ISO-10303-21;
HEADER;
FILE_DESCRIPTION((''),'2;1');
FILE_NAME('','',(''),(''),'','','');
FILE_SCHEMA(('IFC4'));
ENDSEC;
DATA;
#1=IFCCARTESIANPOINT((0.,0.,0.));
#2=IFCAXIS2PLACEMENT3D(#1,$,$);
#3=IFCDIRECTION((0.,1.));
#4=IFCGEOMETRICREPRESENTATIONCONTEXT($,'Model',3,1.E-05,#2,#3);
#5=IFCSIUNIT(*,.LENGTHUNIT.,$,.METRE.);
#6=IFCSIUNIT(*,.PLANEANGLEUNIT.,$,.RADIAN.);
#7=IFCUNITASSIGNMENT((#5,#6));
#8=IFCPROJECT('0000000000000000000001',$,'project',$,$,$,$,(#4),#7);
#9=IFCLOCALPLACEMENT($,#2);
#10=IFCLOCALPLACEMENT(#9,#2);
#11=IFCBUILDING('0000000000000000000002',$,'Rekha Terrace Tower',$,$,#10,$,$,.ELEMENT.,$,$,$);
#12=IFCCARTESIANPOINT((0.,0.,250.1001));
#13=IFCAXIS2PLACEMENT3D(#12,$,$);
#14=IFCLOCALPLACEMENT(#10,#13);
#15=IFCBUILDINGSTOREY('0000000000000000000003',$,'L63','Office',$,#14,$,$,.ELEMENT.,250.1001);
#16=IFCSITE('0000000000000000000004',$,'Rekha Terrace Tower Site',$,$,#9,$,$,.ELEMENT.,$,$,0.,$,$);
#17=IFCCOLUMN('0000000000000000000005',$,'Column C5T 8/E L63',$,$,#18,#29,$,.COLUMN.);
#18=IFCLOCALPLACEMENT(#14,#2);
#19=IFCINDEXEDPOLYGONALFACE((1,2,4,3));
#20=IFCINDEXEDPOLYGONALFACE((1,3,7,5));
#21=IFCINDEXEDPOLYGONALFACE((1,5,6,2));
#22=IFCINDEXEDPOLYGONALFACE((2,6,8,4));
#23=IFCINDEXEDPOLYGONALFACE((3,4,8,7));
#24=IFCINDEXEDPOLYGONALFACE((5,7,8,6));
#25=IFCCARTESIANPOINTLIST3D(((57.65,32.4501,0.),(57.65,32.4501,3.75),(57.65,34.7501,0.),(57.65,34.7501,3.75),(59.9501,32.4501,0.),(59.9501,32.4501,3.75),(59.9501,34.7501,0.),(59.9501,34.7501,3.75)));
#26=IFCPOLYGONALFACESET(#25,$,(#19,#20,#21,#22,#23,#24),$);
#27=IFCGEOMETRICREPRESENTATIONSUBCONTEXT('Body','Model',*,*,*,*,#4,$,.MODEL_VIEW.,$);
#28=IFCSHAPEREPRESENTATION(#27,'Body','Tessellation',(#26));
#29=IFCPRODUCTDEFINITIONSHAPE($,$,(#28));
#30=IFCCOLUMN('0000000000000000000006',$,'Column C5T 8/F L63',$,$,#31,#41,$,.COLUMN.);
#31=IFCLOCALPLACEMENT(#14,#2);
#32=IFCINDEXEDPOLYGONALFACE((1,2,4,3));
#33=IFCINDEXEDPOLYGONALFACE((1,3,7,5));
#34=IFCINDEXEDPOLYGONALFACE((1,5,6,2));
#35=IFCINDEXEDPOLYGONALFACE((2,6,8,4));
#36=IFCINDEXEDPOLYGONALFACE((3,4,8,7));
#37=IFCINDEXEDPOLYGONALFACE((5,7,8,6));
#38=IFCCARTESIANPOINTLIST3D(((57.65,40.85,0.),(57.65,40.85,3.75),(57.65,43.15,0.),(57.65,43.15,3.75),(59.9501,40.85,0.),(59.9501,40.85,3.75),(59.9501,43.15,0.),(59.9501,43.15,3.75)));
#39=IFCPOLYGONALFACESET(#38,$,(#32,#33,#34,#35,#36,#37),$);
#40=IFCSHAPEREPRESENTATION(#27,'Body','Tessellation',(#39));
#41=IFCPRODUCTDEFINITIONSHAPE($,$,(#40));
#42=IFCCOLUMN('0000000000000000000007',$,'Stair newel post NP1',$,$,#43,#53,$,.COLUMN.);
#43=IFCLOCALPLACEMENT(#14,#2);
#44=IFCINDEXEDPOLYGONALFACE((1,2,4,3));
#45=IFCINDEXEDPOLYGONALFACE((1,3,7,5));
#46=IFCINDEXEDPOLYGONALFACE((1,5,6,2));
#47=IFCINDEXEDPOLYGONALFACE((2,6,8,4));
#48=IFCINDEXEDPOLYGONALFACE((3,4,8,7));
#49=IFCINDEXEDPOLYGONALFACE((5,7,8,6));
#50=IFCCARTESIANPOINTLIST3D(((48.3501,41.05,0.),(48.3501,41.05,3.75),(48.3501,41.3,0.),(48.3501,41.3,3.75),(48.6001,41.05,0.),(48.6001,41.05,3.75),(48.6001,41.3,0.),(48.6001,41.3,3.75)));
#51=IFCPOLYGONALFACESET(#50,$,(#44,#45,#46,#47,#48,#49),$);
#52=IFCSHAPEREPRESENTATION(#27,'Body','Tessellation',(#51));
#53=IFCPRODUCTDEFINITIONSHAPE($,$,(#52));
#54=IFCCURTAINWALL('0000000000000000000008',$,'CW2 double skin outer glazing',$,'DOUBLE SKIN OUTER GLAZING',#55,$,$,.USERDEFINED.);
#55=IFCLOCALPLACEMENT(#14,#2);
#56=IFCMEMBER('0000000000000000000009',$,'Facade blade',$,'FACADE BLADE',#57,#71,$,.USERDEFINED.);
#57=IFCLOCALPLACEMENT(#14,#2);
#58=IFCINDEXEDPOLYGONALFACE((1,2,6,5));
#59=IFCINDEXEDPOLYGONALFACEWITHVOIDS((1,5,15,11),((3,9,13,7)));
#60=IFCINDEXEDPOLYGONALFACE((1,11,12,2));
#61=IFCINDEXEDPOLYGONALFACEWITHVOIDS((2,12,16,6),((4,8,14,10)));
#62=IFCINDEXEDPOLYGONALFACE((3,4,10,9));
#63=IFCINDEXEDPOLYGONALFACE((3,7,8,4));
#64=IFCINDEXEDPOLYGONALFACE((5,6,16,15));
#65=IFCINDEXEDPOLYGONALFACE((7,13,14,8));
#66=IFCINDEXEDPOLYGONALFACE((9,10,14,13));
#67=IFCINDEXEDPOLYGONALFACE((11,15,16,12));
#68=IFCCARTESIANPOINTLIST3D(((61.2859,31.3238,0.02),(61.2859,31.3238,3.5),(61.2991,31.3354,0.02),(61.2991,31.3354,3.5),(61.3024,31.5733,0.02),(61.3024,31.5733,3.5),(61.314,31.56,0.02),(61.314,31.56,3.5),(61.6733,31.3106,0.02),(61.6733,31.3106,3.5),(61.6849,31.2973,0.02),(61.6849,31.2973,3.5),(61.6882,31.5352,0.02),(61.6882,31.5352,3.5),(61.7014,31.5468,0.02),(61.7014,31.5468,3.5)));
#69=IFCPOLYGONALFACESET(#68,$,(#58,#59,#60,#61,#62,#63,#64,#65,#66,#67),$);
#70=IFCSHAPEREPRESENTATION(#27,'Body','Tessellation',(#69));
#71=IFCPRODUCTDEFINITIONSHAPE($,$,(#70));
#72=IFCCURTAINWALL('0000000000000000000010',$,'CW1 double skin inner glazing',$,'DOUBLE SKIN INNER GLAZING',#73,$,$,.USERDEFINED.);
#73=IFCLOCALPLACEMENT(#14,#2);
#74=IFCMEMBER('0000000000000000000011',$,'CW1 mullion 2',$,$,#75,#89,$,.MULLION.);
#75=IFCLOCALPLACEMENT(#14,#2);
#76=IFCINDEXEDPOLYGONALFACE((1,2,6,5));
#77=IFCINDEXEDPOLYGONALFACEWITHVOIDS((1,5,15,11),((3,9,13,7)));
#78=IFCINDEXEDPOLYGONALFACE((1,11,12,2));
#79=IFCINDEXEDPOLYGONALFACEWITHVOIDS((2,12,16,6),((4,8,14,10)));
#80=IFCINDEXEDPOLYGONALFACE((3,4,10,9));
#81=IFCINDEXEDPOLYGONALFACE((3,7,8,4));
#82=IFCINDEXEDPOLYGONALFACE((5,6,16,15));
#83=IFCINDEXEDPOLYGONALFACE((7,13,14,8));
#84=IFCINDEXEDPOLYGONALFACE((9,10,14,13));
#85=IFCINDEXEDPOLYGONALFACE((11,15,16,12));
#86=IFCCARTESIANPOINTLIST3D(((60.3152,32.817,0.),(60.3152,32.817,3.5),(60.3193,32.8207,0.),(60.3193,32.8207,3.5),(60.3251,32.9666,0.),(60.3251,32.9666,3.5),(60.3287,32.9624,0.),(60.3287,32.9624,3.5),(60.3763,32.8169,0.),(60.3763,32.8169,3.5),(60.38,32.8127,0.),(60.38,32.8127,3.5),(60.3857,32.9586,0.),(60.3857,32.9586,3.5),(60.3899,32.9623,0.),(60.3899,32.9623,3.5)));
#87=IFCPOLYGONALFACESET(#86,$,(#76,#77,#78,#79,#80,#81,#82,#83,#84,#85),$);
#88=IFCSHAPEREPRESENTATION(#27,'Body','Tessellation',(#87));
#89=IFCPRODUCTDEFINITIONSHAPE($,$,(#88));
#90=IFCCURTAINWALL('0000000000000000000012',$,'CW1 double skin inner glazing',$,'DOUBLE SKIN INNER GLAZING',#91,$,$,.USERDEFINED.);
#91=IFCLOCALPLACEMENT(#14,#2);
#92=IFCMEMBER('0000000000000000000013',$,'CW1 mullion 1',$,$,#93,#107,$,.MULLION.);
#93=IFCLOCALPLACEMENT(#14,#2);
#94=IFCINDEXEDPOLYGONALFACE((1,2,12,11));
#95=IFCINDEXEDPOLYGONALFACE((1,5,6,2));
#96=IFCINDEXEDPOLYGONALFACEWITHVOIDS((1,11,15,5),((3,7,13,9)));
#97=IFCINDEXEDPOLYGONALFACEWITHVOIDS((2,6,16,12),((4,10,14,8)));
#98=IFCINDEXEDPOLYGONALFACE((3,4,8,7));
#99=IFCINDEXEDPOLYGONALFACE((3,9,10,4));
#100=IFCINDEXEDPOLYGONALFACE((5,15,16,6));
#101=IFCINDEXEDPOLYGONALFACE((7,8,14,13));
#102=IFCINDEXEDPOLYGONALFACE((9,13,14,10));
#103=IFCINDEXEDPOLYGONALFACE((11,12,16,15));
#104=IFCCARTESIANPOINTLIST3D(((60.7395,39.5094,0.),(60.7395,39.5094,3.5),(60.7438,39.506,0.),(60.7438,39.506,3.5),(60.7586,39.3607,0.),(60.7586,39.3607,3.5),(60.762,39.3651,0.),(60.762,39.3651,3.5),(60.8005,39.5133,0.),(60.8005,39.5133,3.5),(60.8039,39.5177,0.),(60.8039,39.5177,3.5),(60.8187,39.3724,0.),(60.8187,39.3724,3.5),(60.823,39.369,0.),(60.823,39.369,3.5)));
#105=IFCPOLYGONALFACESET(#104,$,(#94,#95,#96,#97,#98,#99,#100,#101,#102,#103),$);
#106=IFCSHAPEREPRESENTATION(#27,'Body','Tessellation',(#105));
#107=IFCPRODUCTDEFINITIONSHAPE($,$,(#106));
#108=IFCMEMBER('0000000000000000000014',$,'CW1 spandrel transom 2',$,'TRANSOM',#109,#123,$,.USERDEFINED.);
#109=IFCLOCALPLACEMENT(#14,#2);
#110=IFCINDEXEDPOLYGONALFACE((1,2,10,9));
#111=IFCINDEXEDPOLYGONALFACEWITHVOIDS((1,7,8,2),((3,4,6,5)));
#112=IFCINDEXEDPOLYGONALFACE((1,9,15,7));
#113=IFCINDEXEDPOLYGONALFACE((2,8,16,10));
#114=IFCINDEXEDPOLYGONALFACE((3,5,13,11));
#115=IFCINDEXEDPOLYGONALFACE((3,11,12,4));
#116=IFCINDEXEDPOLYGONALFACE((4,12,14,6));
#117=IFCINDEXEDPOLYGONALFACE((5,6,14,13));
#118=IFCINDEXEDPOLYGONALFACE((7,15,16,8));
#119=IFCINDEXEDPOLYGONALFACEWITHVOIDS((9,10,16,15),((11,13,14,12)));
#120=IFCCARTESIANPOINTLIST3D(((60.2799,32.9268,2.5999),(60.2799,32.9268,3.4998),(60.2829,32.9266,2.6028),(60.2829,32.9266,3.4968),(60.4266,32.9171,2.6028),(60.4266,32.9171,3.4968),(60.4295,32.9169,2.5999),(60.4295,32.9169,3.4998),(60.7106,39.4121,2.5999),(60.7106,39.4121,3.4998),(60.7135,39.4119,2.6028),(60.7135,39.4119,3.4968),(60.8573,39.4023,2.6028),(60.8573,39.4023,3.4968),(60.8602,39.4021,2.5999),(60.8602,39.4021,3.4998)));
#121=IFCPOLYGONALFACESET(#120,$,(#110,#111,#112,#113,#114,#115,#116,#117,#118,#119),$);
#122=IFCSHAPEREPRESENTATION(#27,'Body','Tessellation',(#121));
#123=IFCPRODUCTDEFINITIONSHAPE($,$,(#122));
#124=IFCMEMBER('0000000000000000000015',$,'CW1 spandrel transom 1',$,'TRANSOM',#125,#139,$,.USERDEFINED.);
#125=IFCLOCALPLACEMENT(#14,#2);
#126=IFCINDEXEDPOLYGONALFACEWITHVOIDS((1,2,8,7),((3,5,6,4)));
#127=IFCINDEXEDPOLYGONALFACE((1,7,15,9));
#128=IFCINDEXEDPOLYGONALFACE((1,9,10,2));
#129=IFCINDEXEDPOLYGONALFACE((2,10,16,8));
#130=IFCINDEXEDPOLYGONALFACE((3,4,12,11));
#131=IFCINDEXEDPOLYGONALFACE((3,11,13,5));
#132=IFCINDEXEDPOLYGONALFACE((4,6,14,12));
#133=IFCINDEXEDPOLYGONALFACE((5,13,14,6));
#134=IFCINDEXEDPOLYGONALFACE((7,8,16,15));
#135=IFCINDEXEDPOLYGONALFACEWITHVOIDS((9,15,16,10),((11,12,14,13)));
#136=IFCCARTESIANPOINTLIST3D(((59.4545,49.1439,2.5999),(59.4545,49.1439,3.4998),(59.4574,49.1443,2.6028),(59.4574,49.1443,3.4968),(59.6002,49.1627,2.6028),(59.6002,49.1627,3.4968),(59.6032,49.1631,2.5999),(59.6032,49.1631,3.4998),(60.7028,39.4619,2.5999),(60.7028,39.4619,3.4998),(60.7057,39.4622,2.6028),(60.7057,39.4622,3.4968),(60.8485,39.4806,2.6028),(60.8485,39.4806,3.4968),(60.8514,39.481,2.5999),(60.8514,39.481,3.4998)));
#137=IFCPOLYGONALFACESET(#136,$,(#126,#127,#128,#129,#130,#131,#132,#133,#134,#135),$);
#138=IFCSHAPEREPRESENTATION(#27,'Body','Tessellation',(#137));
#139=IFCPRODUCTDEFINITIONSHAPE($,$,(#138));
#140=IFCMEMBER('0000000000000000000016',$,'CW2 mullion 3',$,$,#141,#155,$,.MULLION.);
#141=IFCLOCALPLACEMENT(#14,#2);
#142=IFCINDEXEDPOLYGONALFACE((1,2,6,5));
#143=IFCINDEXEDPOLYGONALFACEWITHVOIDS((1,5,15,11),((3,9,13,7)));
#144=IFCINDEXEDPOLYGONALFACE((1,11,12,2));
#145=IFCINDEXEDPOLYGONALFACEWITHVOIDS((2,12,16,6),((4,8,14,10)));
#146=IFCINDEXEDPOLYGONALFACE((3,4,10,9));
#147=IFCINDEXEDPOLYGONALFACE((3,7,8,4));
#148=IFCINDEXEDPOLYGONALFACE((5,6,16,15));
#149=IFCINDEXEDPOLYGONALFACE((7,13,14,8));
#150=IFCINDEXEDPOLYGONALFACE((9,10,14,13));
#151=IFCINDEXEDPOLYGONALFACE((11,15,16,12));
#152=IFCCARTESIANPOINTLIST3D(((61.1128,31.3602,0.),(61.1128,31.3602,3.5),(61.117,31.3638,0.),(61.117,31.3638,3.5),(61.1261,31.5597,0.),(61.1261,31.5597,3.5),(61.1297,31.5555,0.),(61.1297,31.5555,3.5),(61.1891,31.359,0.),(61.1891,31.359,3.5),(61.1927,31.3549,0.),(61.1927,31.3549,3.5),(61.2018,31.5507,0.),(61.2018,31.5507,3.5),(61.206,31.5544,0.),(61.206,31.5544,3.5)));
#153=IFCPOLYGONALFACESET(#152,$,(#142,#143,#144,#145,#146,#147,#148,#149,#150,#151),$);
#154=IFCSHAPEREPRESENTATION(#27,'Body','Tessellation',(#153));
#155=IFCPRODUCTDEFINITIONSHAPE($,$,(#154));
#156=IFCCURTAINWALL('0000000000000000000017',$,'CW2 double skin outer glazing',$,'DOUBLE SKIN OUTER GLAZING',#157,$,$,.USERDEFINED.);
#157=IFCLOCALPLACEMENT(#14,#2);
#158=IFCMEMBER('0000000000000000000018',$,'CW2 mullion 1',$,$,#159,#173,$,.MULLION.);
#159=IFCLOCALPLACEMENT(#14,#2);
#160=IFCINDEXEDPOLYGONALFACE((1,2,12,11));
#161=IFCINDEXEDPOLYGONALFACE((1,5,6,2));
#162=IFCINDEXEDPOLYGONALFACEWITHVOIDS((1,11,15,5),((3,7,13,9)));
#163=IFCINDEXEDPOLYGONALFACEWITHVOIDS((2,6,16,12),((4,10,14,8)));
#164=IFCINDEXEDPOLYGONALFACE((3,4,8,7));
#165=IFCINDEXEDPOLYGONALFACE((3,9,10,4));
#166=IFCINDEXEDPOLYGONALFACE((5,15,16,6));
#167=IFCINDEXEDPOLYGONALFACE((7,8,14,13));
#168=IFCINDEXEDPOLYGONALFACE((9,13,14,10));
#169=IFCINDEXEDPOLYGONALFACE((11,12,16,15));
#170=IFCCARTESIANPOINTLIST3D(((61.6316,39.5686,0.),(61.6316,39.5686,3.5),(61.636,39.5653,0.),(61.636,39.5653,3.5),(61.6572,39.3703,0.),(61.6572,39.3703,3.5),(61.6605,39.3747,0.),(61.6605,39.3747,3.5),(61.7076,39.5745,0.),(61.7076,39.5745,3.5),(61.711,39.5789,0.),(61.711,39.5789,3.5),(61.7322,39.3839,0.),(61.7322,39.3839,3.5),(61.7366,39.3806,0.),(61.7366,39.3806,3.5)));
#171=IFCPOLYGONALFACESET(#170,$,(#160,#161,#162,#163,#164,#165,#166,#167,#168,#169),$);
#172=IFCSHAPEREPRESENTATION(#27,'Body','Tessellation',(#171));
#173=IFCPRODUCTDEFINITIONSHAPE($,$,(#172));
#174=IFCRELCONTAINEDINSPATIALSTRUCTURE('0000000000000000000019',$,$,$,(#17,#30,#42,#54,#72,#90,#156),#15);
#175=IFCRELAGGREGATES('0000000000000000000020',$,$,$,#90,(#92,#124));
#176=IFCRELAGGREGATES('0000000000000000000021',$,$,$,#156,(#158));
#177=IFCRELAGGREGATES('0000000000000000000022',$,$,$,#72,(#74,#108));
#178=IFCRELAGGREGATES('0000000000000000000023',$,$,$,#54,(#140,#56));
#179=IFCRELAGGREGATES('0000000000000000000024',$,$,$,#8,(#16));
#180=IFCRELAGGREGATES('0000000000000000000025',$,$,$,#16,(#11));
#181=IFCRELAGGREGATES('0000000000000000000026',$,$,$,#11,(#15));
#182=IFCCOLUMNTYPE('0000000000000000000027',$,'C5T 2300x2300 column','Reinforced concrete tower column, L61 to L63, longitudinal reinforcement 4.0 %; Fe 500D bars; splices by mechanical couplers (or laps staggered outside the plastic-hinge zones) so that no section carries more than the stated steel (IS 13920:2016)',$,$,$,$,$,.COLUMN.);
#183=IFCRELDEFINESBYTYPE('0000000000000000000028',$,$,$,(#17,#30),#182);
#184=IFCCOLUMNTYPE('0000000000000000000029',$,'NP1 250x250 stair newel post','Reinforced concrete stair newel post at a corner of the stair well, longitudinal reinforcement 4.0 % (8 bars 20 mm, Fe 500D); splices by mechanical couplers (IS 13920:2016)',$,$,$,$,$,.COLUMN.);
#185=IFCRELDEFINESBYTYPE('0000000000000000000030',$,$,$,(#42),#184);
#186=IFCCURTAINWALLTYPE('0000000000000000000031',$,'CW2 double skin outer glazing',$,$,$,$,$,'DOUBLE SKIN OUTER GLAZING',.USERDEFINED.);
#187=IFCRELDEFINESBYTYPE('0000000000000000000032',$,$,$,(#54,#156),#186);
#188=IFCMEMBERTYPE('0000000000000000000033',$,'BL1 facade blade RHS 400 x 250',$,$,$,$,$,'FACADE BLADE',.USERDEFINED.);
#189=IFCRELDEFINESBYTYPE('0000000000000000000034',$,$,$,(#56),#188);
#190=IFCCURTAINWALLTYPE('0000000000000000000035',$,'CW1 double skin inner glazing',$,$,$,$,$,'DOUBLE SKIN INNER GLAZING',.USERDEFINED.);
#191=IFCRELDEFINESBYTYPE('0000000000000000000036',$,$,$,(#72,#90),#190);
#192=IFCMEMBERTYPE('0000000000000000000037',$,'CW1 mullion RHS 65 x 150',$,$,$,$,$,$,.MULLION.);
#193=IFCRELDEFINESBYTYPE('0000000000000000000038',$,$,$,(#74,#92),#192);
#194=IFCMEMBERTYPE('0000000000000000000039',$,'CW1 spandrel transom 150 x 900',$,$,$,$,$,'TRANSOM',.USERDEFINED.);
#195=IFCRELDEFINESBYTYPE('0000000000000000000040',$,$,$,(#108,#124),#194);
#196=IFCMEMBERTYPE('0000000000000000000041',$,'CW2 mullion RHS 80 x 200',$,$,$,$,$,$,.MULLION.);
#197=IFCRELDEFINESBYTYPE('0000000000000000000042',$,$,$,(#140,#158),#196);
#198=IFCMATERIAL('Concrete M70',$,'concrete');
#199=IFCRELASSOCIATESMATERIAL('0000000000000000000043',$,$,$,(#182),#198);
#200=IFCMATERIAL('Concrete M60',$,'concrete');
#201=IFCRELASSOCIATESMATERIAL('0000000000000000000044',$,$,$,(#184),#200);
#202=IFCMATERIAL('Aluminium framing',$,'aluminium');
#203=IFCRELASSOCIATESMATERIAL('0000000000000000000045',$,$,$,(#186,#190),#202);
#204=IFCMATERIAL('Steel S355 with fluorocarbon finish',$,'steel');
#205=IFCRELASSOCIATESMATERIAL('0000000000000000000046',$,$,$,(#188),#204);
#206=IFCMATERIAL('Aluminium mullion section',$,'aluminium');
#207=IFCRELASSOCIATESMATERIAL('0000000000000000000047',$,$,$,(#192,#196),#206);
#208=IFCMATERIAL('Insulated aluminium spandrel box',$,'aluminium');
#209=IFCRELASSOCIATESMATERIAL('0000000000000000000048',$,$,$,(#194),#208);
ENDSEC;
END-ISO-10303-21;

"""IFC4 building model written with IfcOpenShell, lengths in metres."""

from ifc_helpers import new_model, si_unit, direction, frame, origin, origin_2d, place, context, subcontext, project, spatial, rectangle, hollow_rectangle, extrude, material, material_profile, profile_set, type_object, element, aggregate, save


model = new_model("IFC4")

# Units and contexts
model_context = context("Model", 3, precision=1e-05, world=origin(), true_north=direction((0.0, 1.0)))
body_context = subcontext(model_context, "Body", "Model", "MODEL_VIEW")
ifc_project = project(units=[si_unit("LENGTHUNIT", "METRE"), si_unit("PLANEANGLEUNIT", "RADIAN")], contexts=[model_context])

# Site, building, storey
site_placement = place(None, origin())
site = spatial("IfcSite", under=ifc_project, at=site_placement, Name="Rekha Terrace Tower Site", CompositionType="ELEMENT", RefElevation=0.0)
building_placement = place(site_placement, origin())
building = spatial("IfcBuilding", under=site, at=building_placement, Name="Rekha Terrace Tower", CompositionType="ELEMENT")
storey_placement = place(building_placement, frame((0.0, 0.0, 250.1001)))
storey = spatial("IfcBuildingStorey", under=building, at=storey_placement, Name="L63", Description="Office", CompositionType="ELEMENT", Elevation=250.1001)

# Columns
ifc_material_1 = material(Name="Concrete M70", Category="concrete")
ifc_material_profile_1 = material_profile(ifc_material_1, rectangle(XDim=2.3, YDim=2.3, at=origin_2d()), Name="RC 2300x2300")
ifc_profile_set_1 = profile_set([ifc_material_profile_1], Name="Concrete M70")
column_type_1 = type_object("IfcColumnType", Name="C5T 2300x2300 column", Description="Reinforced concrete tower column, L61 to L63, longitudinal reinforcement 4.0 %; Fe 500D bars; splices by mechanical couplers (or laps staggered outside the plastic-hinge zones) so that no section carries more than the stated steel (IS 13920:2016)", PredefinedType="COLUMN", material=ifc_profile_set_1)
for number, where, z_axis, x_axis, name in (
    (1, (58.8, 33.6001, 0.0), (0.0, 0.0, 1.0), (1.0, 0.0, 0.0), "Column C5T 8/E L63"),
    (2, (58.8, 42.0, 0.0), (0.0, 0.0, 1.0), (1.0, 0.0, 0.0), "Column C5T 8/F L63"),
):
    element("IfcColumn", number, at=place(storey_placement, frame(where, z_axis=z_axis, x_axis=x_axis)), inside=storey, type_object=column_type_1, Name=name, PredefinedType="COLUMN", context=body_context, shape_type="SweptSolid", body=[
        extrude(rectangle(XDim=2.3, YDim=2.3, at=origin_2d()), origin(), (0.0, 0.0, 1.0), 3.75),
    ])
ifc_material_2 = material(Name="Concrete M60", Category="concrete")
ifc_material_profile_2 = material_profile(ifc_material_2, rectangle(XDim=0.25, YDim=0.25, at=origin_2d()), Name="RC 250x250")
ifc_profile_set_2 = profile_set([ifc_material_profile_2], Name="Concrete M60")
column_type_2 = type_object("IfcColumnType", Name="NP1 250x250 stair newel post", Description="Reinforced concrete stair newel post at a corner of the stair well, longitudinal reinforcement 4.0 % (8 bars 20 mm, Fe 500D); splices by mechanical couplers (IS 13920:2016)", PredefinedType="COLUMN", material=ifc_profile_set_2)
column_placement = place(storey_placement, frame((48.4751, 41.175, 0.0), z_axis=(0.0, 0.0, 1.0), x_axis=(1.0, 0.0, 0.0)))
element("IfcColumn", 3, at=column_placement, inside=storey, type_object=column_type_2, Name="Stair newel post NP1", PredefinedType="COLUMN", context=body_context, shape_type="SweptSolid", body=[
    extrude(rectangle(XDim=0.25, YDim=0.25, at=origin_2d()), origin(), (0.0, 0.0, 1.0), 3.75),
])

# Curtain walls, members
ifc_material_3 = material(Name="Aluminium framing", Category="aluminium")
curtain_wall_type_1 = type_object("IfcCurtainWallType", Name="CW2 double skin outer glazing", ElementType="DOUBLE SKIN OUTER GLAZING", PredefinedType="USERDEFINED", material=ifc_material_3)
curtain_wall_1_placement = place(storey_placement, origin())
curtain_wall_1 = element("IfcCurtainWall", 4, at=curtain_wall_1_placement, inside=storey, type_object=curtain_wall_type_1, Name="CW2 double skin outer glazing", ObjectType="DOUBLE SKIN OUTER GLAZING", PredefinedType="USERDEFINED")
ifc_material_4 = material(Name="Steel S355 with fluorocarbon finish", Category="steel")
ifc_material_profile_3 = material_profile(ifc_material_4, hollow_rectangle(XDim=0.25, YDim=0.3999, WallThickness=0.0125, at=origin_2d()), Name="RHS400x250x12.5")
ifc_profile_set_3 = profile_set([ifc_material_profile_3], Name="Steel S355 with fluorocarbon finish")
member_type_1 = type_object("IfcMemberType", Name="BL1 facade blade RHS 400 x 250", ElementType="FACADE BLADE", PredefinedType="USERDEFINED", material=ifc_profile_set_3)
member_1_placement = place(storey_placement, frame((61.4937, 31.4353, 0.02), z_axis=(0.0, 0.0, 1.0), x_axis=(0.066272, 0.997802, 0.0)))
member_1 = element("IfcMember", 5, at=member_1_placement, type_object=member_type_1, Name="Facade blade", ObjectType="FACADE BLADE", PredefinedType="USERDEFINED", context=body_context, shape_type="SweptSolid", body=[
    extrude(hollow_rectangle(XDim=0.25, YDim=0.3999, WallThickness=0.0125, at=origin_2d()), origin(), (0.0, 0.0, 1.0), 3.48),
])
curtain_wall_type_2 = type_object("IfcCurtainWallType", Name="CW1 double skin inner glazing", ElementType="DOUBLE SKIN INNER GLAZING", PredefinedType="USERDEFINED", material=ifc_material_3)
curtain_wall_2_placement = place(storey_placement, origin())
curtain_wall_2 = element("IfcCurtainWall", 6, at=curtain_wall_2_placement, inside=storey, type_object=curtain_wall_type_2, Name="CW1 double skin inner glazing", ObjectType="DOUBLE SKIN INNER GLAZING", PredefinedType="USERDEFINED")
ifc_material_5 = material(Name="Aluminium mullion section", Category="aluminium")
ifc_material_profile_4 = material_profile(ifc_material_5, hollow_rectangle(XDim=0.0649, YDim=0.1499, WallThickness=0.0039, at=origin_2d()), Name="AL RHS 65x150")
ifc_profile_set_4 = profile_set([ifc_material_profile_4], Name="Aluminium mullion section")
member_type_2 = type_object("IfcMemberType", Name="CW1 mullion RHS 65 x 150", PredefinedType="MULLION", material=ifc_profile_set_4)
member_2_placement = place(storey_placement, frame((60.3525, 32.8896, 0.0), z_axis=(0.0, 0.0, 1.0), x_axis=(-0.997802, 0.066272, 0.0)))
member_2 = element("IfcMember", 7, at=member_2_placement, type_object=member_type_2, Name="CW1 mullion 2", PredefinedType="MULLION", context=body_context, shape_type="SweptSolid", body=[
    extrude(hollow_rectangle(XDim=0.0649, YDim=0.1499, WallThickness=0.0039, at=origin_2d()), origin(), (0.0, 0.0, 1.0), 3.5),
])
curtain_wall_3_placement = place(storey_placement, origin())
curtain_wall_3 = element("IfcCurtainWall", 8, at=curtain_wall_3_placement, inside=storey, type_object=curtain_wall_type_2, Name="CW1 double skin inner glazing", ObjectType="DOUBLE SKIN INNER GLAZING", PredefinedType="USERDEFINED")
member_3_placement = place(storey_placement, frame((60.7812, 39.4392, 0.0), z_axis=(0.0, 0.0, 1.0), x_axis=(-0.991791, -0.12787, 0.0)))
member_3 = element("IfcMember", 9, at=member_3_placement, type_object=member_type_2, Name="CW1 mullion 1", PredefinedType="MULLION", context=body_context, shape_type="SweptSolid", body=[
    extrude(hollow_rectangle(XDim=0.0649, YDim=0.1499, WallThickness=0.0039, at=origin_2d()), origin(), (0.0, 0.0, 1.0), 3.5),
])

# Members
ifc_material_6 = material(Name="Insulated aluminium spandrel box", Category="aluminium")
ifc_material_profile_5 = material_profile(ifc_material_6, hollow_rectangle(XDim=0.1499, YDim=0.8999, WallThickness=0.0029, at=origin_2d()), Name="AL SPANDREL BOX 150x900")
ifc_profile_set_5 = profile_set([ifc_material_profile_5], Name="Insulated aluminium spandrel box")
member_type_3 = type_object("IfcMemberType", Name="CW1 spandrel transom 150 x 900", ElementType="TRANSOM", PredefinedType="USERDEFINED", material=ifc_profile_set_5)
member_4_placement = place(storey_placement, frame((60.3547, 32.9219, 3.0498), z_axis=(0.066262, 0.997802, 0.0), x_axis=(-0.997802, 0.066262, 0.0)))
member_4 = element("IfcMember", 10, at=member_4_placement, type_object=member_type_3, Name="CW1 spandrel transom 2", ObjectType="TRANSOM", PredefinedType="USERDEFINED", context=body_context, shape_type="SweptSolid", body=[
    extrude(hollow_rectangle(XDim=0.1499, YDim=0.8999, WallThickness=0.0029, at=origin_2d()), origin(), (0.0, 0.0, 1.0), 6.4995),
])
member_5_placement = place(storey_placement, frame((60.7771, 39.4714, 3.0498), z_axis=(-0.127869, 0.991791, 0.0), x_axis=(-0.991791, -0.127869, 0.0)))
member_5 = element("IfcMember", 11, at=member_5_placement, type_object=member_type_3, Name="CW1 spandrel transom 1", ObjectType="TRANSOM", PredefinedType="USERDEFINED", context=body_context, shape_type="SweptSolid", body=[
    extrude(hollow_rectangle(XDim=0.1499, YDim=0.8999, WallThickness=0.0029, at=origin_2d()), origin(), (0.0, 0.0, 1.0), 9.7622),
])
aggregate(curtain_wall_3, [member_3, member_5])
ifc_material_profile_6 = material_profile(ifc_material_5, hollow_rectangle(XDim=0.0801, YDim=0.2, WallThickness=0.0039, at=origin_2d()), Name="AL RHS 80x200")
ifc_profile_set_6 = profile_set([ifc_material_profile_6], Name="Aluminium mullion section")
member_type_4 = type_object("IfcMemberType", Name="CW2 mullion RHS 80 x 200", PredefinedType="MULLION", material=ifc_profile_set_6)
member_6_placement = place(storey_placement, frame((61.1594, 31.4573, 0.0), z_axis=(0.0, 0.0, 1.0), x_axis=(-0.997802, 0.066272, 0.0)))
member_6 = element("IfcMember", 12, at=member_6_placement, type_object=member_type_4, Name="CW2 mullion 3", PredefinedType="MULLION", context=body_context, shape_type="SweptSolid", body=[
    extrude(hollow_rectangle(XDim=0.0801, YDim=0.2, WallThickness=0.0039, at=origin_2d()), origin(), (0.0, 0.0, 1.0), 3.5),
])

# Curtain wall, member
curtain_wall_4_placement = place(storey_placement, origin())
curtain_wall_4 = element("IfcCurtainWall", 13, at=curtain_wall_4_placement, inside=storey, type_object=curtain_wall_type_1, Name="CW2 double skin outer glazing", ObjectType="DOUBLE SKIN OUTER GLAZING", PredefinedType="USERDEFINED")
member_7_placement = place(storey_placement, frame((61.6841, 39.4746, 0.0), z_axis=(0.0, 0.0, 1.0), x_axis=(-0.991791, -0.12787, 0.0)))
member_7 = element("IfcMember", 14, at=member_7_placement, type_object=member_type_4, Name="CW2 mullion 1", PredefinedType="MULLION", context=body_context, shape_type="SweptSolid", body=[
    extrude(hollow_rectangle(XDim=0.0801, YDim=0.2, WallThickness=0.0039, at=origin_2d()), origin(), (0.0, 0.0, 1.0), 3.5),
])

aggregate(curtain_wall_4, [member_7])

aggregate(curtain_wall_2, [member_2, member_4])
aggregate(curtain_wall_1, [member_6, member_1])

save(model, "model.ifc")
